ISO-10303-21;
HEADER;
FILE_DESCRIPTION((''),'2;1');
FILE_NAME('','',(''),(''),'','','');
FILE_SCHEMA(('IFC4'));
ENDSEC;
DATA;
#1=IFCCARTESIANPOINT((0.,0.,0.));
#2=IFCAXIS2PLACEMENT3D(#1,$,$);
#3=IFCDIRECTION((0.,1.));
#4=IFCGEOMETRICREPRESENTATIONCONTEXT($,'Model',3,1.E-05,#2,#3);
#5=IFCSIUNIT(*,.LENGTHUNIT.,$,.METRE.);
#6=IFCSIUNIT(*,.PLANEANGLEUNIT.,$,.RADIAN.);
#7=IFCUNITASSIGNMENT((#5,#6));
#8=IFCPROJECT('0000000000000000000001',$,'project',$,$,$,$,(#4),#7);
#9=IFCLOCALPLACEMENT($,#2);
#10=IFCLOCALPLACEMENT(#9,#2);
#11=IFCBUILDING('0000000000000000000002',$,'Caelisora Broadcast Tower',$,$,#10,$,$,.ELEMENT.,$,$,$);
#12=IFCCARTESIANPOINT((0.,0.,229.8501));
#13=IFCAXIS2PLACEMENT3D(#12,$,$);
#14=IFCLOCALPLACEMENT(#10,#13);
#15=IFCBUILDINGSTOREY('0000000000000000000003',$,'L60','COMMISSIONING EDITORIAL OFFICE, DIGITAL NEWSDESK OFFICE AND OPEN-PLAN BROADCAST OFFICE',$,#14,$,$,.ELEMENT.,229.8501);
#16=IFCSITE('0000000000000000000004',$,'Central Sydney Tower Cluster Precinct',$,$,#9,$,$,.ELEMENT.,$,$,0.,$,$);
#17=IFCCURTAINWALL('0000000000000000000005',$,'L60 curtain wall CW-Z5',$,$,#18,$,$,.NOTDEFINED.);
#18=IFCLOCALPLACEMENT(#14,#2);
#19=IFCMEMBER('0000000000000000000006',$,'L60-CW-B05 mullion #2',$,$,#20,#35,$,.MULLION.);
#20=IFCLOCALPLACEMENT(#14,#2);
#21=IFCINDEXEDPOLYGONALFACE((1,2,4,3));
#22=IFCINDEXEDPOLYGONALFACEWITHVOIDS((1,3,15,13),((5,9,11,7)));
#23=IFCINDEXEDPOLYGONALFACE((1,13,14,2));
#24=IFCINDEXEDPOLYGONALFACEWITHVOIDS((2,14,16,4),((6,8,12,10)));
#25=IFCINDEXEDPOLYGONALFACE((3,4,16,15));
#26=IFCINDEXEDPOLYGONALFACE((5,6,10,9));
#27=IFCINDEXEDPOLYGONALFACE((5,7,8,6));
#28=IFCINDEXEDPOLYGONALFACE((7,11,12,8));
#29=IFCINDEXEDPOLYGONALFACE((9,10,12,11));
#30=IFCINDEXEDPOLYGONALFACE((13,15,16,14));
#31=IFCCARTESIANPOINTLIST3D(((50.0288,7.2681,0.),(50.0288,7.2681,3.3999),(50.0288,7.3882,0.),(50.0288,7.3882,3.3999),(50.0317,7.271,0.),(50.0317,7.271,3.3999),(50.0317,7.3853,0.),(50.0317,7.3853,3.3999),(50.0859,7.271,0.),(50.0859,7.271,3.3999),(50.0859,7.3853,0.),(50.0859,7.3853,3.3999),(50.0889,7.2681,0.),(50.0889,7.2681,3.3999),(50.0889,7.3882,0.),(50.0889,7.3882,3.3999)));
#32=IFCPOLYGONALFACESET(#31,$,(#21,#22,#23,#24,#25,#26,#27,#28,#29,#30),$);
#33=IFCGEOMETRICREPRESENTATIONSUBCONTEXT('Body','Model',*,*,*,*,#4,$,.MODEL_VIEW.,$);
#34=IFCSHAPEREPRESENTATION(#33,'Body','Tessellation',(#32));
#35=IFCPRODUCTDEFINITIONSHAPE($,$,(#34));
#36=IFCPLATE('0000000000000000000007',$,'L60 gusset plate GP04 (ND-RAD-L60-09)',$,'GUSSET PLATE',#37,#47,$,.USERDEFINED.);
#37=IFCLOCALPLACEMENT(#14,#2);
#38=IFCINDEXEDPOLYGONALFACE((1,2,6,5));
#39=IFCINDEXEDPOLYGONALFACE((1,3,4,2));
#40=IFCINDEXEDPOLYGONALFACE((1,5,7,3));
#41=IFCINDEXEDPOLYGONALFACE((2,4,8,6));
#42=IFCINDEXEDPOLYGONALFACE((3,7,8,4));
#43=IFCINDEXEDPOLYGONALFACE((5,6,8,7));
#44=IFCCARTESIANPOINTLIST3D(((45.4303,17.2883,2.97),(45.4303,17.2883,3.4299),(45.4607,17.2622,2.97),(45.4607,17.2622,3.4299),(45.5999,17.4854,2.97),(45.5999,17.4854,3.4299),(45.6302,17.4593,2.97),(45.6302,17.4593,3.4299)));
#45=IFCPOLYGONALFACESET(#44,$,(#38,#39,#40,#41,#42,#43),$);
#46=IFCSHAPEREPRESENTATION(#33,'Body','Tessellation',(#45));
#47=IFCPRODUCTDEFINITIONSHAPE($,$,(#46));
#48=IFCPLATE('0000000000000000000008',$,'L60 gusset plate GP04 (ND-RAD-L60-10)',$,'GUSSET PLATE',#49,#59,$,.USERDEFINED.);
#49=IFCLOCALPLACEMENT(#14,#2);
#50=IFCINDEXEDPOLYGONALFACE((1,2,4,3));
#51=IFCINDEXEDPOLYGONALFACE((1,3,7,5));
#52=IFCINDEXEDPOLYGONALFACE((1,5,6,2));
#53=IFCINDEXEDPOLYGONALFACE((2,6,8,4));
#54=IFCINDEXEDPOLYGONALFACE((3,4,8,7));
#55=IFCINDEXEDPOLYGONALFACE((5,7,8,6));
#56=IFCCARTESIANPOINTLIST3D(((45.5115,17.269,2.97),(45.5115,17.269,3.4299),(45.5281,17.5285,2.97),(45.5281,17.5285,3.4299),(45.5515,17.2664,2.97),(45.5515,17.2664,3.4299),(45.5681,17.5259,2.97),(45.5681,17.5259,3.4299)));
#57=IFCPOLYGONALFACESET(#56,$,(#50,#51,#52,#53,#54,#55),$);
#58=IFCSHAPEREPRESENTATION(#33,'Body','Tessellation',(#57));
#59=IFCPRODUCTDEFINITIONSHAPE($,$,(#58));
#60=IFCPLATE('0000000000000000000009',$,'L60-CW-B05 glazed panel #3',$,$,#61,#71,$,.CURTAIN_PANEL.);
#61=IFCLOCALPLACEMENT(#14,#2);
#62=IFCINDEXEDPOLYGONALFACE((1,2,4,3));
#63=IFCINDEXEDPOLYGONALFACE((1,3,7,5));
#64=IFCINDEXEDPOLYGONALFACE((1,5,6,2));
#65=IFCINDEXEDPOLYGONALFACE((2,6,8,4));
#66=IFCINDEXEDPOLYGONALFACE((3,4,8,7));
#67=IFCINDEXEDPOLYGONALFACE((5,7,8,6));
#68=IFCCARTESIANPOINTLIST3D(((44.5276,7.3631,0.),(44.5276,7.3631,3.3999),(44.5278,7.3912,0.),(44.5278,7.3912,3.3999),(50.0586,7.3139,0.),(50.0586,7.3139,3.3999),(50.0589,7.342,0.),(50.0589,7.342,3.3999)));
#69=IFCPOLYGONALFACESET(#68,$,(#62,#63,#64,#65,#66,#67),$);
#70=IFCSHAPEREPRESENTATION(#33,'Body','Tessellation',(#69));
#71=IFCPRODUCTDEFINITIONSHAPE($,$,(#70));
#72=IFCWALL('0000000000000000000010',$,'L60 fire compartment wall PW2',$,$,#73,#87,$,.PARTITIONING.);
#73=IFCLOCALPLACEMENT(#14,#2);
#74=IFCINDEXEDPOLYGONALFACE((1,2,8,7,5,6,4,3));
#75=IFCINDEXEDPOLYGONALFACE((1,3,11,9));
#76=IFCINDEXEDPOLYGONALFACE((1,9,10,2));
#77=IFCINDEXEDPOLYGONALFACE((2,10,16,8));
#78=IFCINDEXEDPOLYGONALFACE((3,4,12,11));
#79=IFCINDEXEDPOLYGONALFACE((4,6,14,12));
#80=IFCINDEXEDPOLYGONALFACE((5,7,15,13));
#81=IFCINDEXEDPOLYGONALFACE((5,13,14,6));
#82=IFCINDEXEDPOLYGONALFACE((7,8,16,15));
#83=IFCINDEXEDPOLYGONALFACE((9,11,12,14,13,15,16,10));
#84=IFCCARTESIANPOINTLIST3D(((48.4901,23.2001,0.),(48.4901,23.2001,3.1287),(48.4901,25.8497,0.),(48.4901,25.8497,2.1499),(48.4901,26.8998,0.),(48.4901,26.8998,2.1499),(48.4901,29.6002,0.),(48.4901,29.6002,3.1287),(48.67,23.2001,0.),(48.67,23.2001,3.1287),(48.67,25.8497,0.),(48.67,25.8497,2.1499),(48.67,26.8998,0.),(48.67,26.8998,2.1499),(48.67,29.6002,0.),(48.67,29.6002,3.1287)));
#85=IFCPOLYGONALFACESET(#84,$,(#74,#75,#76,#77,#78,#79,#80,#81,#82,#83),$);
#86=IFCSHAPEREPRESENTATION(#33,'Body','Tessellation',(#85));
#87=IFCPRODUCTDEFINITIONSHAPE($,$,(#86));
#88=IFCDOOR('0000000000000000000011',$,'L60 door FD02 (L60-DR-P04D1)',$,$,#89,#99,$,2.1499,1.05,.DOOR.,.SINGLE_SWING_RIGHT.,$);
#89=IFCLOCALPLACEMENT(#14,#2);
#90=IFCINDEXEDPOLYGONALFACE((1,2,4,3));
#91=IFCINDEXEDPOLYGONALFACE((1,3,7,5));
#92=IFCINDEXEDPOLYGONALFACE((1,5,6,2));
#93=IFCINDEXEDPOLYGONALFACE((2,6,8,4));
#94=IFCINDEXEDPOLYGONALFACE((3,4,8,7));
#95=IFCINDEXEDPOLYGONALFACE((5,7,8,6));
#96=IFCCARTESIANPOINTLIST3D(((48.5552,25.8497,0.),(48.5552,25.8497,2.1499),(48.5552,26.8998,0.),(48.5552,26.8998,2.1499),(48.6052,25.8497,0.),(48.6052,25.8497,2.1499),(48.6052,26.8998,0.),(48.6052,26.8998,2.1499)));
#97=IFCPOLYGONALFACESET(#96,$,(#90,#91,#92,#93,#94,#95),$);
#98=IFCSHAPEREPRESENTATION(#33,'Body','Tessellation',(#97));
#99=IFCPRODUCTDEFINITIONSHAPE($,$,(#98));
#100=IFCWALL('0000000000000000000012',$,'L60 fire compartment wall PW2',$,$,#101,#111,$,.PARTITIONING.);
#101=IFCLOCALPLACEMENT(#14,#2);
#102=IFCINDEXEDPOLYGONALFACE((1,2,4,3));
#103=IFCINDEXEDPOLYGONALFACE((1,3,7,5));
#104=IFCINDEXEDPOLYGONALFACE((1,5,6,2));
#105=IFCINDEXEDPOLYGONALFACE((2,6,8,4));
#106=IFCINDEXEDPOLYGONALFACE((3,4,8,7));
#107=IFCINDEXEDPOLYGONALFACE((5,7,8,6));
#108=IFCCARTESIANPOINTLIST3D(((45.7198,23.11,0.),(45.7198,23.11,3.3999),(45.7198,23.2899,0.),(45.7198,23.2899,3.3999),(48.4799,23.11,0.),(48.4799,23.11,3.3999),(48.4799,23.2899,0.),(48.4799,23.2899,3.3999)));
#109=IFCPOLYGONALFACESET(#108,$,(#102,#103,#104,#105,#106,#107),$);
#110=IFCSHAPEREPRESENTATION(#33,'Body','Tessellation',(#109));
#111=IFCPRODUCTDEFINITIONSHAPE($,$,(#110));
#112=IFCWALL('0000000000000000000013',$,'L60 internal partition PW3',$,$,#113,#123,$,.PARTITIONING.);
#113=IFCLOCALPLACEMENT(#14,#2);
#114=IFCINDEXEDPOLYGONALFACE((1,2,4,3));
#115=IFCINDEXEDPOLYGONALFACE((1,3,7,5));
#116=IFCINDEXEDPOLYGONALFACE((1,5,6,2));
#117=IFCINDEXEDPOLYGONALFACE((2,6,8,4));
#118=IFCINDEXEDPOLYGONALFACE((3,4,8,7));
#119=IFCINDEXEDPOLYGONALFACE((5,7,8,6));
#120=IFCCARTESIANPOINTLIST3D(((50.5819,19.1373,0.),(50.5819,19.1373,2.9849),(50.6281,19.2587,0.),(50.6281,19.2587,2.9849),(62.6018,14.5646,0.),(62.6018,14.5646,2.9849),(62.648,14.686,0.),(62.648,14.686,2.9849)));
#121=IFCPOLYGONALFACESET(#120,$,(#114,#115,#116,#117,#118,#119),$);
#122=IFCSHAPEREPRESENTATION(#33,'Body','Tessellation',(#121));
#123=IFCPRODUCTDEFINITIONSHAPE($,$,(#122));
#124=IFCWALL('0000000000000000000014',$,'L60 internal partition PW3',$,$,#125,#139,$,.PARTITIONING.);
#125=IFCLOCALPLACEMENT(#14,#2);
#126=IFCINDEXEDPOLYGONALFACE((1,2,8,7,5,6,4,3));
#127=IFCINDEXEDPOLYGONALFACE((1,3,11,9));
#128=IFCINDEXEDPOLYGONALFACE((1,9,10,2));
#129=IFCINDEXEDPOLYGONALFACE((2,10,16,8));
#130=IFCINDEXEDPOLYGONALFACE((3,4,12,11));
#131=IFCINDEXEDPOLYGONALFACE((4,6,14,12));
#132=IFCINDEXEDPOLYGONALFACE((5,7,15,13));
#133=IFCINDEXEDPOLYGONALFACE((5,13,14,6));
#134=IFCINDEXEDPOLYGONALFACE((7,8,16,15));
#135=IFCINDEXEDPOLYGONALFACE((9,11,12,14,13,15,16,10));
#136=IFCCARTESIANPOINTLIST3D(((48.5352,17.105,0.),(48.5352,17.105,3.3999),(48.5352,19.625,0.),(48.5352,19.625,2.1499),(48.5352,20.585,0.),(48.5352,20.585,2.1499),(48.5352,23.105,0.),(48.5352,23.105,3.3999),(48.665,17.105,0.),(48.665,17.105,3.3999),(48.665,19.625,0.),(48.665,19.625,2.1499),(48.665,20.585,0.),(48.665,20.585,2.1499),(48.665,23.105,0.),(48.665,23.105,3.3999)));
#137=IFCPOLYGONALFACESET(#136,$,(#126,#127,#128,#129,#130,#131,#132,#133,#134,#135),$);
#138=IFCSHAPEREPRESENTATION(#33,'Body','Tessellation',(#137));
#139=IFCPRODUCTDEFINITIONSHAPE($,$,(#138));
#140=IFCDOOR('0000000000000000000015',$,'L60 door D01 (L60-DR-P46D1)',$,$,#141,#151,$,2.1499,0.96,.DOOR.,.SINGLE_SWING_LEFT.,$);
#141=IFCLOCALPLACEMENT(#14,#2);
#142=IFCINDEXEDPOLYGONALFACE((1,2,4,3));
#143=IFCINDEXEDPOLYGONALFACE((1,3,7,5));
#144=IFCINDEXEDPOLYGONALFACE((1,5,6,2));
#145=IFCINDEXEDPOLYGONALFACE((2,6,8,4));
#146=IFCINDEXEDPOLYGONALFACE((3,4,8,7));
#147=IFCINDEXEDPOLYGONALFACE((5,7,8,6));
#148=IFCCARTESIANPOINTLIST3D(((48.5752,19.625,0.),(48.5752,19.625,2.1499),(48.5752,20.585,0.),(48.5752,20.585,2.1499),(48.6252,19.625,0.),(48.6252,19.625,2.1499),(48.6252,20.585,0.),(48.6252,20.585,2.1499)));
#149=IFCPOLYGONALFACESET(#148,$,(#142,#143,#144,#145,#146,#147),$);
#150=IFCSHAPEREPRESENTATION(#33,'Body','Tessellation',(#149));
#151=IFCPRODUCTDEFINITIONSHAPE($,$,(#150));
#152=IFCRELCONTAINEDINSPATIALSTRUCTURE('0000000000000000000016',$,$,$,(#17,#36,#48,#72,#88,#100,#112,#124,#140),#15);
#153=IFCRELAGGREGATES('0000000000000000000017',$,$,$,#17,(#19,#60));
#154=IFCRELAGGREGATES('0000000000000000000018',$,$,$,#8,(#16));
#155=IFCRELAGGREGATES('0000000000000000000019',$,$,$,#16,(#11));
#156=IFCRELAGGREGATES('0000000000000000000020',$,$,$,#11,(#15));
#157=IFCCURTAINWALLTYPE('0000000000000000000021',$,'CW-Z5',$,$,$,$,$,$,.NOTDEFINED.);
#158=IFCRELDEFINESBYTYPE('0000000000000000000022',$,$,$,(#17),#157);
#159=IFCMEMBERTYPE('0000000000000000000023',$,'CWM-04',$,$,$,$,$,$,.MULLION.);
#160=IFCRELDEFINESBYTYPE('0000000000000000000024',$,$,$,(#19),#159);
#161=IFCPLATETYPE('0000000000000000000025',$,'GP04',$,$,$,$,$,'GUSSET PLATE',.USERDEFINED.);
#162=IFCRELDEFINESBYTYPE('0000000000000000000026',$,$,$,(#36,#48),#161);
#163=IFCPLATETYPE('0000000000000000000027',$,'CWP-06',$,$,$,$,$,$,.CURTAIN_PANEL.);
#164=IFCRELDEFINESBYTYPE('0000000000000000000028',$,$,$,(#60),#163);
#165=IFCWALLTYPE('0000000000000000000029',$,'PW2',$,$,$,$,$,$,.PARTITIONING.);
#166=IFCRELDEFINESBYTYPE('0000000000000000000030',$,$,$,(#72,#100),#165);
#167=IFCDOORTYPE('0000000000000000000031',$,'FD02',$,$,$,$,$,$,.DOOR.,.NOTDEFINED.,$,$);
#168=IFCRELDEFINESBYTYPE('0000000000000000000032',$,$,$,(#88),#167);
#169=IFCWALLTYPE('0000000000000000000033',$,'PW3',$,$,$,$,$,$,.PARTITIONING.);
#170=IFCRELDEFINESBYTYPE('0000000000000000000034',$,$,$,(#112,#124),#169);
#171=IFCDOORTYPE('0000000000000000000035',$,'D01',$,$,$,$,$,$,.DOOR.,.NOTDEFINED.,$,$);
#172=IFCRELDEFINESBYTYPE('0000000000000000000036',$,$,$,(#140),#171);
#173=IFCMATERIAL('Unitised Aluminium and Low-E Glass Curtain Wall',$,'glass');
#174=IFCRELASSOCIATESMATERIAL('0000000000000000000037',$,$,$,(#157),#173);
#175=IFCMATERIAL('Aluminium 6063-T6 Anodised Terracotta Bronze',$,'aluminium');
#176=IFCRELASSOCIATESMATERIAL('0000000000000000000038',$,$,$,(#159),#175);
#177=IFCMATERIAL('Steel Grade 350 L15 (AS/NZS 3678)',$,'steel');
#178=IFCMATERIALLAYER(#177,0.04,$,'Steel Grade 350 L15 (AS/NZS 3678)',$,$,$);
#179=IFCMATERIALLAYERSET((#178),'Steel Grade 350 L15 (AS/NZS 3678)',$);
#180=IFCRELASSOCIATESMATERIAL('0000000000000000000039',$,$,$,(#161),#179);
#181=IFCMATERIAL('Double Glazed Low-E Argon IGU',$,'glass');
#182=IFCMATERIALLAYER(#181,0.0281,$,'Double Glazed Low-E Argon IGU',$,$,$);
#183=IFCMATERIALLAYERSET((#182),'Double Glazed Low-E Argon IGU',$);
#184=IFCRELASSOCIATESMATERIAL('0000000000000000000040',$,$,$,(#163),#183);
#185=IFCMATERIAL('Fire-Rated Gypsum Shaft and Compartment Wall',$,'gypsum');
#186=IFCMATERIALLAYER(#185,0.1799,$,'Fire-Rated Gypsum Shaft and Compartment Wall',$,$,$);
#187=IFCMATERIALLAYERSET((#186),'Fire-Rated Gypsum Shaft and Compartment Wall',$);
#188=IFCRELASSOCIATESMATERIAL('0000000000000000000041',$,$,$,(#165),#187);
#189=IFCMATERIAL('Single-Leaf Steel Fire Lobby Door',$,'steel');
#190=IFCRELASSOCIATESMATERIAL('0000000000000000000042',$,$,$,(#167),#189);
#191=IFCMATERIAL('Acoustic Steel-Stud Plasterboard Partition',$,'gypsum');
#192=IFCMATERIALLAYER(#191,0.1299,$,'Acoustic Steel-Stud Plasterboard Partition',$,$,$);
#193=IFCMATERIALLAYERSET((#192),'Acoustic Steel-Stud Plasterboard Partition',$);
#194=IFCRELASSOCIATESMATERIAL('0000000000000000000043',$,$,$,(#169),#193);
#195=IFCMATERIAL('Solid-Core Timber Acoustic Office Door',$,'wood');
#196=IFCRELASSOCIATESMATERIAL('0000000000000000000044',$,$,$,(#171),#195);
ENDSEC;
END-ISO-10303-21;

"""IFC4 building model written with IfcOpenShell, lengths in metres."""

from ifc_helpers import new_model, si_unit, direction, frame, frame_2d, origin, origin_2d, place, context, subcontext, project, spatial, rectangle, hollow_rectangle, extrude, source, transform, mapped, material, layer, layer_set, material_profile, profile_set, type_object, type_shapes, element, fill, aggregate, save


model = new_model("IFC4")

# Units and contexts
model_context = context("Model", 3, precision=1e-05, world=origin(), true_north=direction((0.0, 1.0)))
body_context = subcontext(model_context, "Body", "Model", "MODEL_VIEW")
ifc_project = project(units=[si_unit("LENGTHUNIT", "METRE"), si_unit("PLANEANGLEUNIT", "RADIAN")], contexts=[model_context])

# Site, building, storey
site_placement = place(None, origin())
site = spatial("IfcSite", under=ifc_project, at=site_placement, Name="Central Sydney Tower Cluster Precinct", CompositionType="ELEMENT", RefElevation=0.0)
building_placement = place(site_placement, origin())
building = spatial("IfcBuilding", under=site, at=building_placement, Name="Caelisora Broadcast Tower", CompositionType="ELEMENT")
storey_placement = place(building_placement, frame((0.0, 0.0, 229.8501)))
storey = spatial("IfcBuildingStorey", under=building, at=storey_placement, Name="L60", Description="COMMISSIONING EDITORIAL OFFICE, DIGITAL NEWSDESK OFFICE AND OPEN-PLAN BROADCAST OFFICE", CompositionType="ELEMENT", Elevation=229.8501)

# Curtain wall, member
ifc_material_1 = material(Name="Unitised Aluminium and Low-E Glass Curtain Wall", Category="glass")
curtain_wall_type = type_object("IfcCurtainWallType", Name="CW-Z5", PredefinedType="NOTDEFINED", material=ifc_material_1)
curtain_wall_placement = place(storey_placement, origin())
curtain_wall = element("IfcCurtainWall", 1, at=curtain_wall_placement, inside=storey, type_object=curtain_wall_type, Name="L60 curtain wall CW-Z5", PredefinedType="NOTDEFINED")
ifc_material_2 = material(Name="Aluminium 6063-T6 Anodised Terracotta Bronze", Category="aluminium")
ifc_material_profile_1 = material_profile(ifc_material_2, hollow_rectangle(XDim=0.0601, YDim=0.1201, WallThickness=0.0029, at=origin_2d()), Name="Aluminium 6063-T6 Anodised Terracotta Bronze")
ifc_profile_set_1 = profile_set([ifc_material_profile_1], Name="Aluminium 6063-T6 Anodised Terracotta Bronze")
member_type = type_object("IfcMemberType", Name="CWM-04", PredefinedType="MULLION", material=ifc_profile_set_1)
shared_shape_1 = source(origin(), body_context, "Body", "SweptSolid", [
    extrude(hollow_rectangle(XDim=0.0601, YDim=0.1201, WallThickness=0.0029, at=origin_2d()), origin(), (0.0, 0.0, 1.0), 3.3999),
])
type_shapes(member_type, [shared_shape_1])
member_placement = place(storey_placement, frame((50.0588, 7.3281, 0.0), z_axis=(0.0, 0.0, 1.0), x_axis=(1.0, 0.0, 0.0)))
member = element("IfcMember", 2, at=member_placement, type_object=member_type, Name="L60-CW-B05 mullion #2", PredefinedType="MULLION", context=body_context, shape_type="MappedRepresentation", body=[
    mapped(shared_shape_1, transform((0.0, 0.0, 0.0), scale=1.0)),
])

# Plates
ifc_material_3 = material(Name="Steel Grade 350 L15 (AS/NZS 3678)", Category="steel")
ifc_layer_1 = layer(ifc_material_3, 0.04, Name="Steel Grade 350 L15 (AS/NZS 3678)")
ifc_layer_set_1 = layer_set([ifc_layer_1], Name="Steel Grade 350 L15 (AS/NZS 3678)")
plate_type_1 = type_object("IfcPlateType", Name="GP04", ElementType="GUSSET PLATE", PredefinedType="USERDEFINED", material=ifc_layer_set_1)
shared_shape_2 = source(origin(), body_context, "Body", "SweptSolid", [
    extrude(rectangle(XDim=0.26, YDim=0.04, at=origin_2d()), origin(), (0.0, 0.0, 1.0), 0.46),
])
type_shapes(plate_type_1, [shared_shape_2])
for number, where, z_axis, x_axis, name in (
    (3, (45.5303, 17.3738, 2.97), (0.0, 0.0, 1.0), (0.652231, 0.758021, 0.0), "L60 gusset plate GP04 (ND-RAD-L60-09)"),
    (4, (45.5398, 17.3975, 2.97), (0.0, 0.0, 1.0), (0.063661, 0.997972, 0.0), "L60 gusset plate GP04 (ND-RAD-L60-10)"),
):
    element("IfcPlate", number, at=place(storey_placement, frame(where, z_axis=z_axis, x_axis=x_axis)), inside=storey, type_object=plate_type_1, Name=name, ObjectType="GUSSET PLATE", PredefinedType="USERDEFINED", context=body_context, shape_type="MappedRepresentation", body=[
        mapped(shared_shape_2, transform((0.0, 0.0, 0.0), scale=1.0)),
    ])

# Plate
ifc_material_4 = material(Name="Double Glazed Low-E Argon IGU", Category="glass")
ifc_layer_2 = layer(ifc_material_4, 0.0281, Name="Double Glazed Low-E Argon IGU")
ifc_layer_set_2 = layer_set([ifc_layer_2], Name="Double Glazed Low-E Argon IGU")
plate_type_2 = type_object("IfcPlateType", Name="CWP-06", PredefinedType="CURTAIN_PANEL", material=ifc_layer_set_2)
shared_shape_3 = source(origin(), body_context, "Body", "SweptSolid", [
    extrude(rectangle(XDim=5.5312, YDim=0.0281, at=origin_2d()), origin(), (0.0, 0.0, 1.0), 3.3999),
])
type_shapes(plate_type_2, [shared_shape_3])
plate_placement = place(storey_placement, frame((47.2932, 7.3525, 0.0), z_axis=(0.0, 0.0, 1.0), x_axis=(-0.99996, 0.008901, 0.0)))
plate = element("IfcPlate", 5, at=plate_placement, type_object=plate_type_2, Name="L60-CW-B05 glazed panel #3", PredefinedType="CURTAIN_PANEL", context=body_context, shape_type="MappedRepresentation", body=[
    mapped(shared_shape_3, transform((0.0, 0.0, 0.0), scale=1.0)),
])
aggregate(curtain_wall, [member, plate])

# Wall, opening, door
ifc_material_5 = material(Name="Fire-Rated Gypsum Shaft and Compartment Wall", Category="gypsum")
ifc_layer_3 = layer(ifc_material_5, 0.1799, Name="Fire-Rated Gypsum Shaft and Compartment Wall")
ifc_layer_set_3 = layer_set([ifc_layer_3], Name="Fire-Rated Gypsum Shaft and Compartment Wall")
wall_type_1 = type_object("IfcWallType", Name="PW2", PredefinedType="PARTITIONING", material=ifc_layer_set_3)
wall_1_placement = place(storey_placement, frame((48.5801, 23.2, 0.0), z_axis=(0.0, 0.0, 1.0), x_axis=(0.0, 1.0, 0.0)))
wall_1 = element("IfcWall", 6, at=wall_1_placement, inside=storey, type_object=wall_type_1, Name="L60 fire compartment wall PW2", PredefinedType="PARTITIONING", context=body_context, shape_type="SweptSolid", body=[
    extrude(rectangle(XDim=6.4001, YDim=0.1799, at=frame_2d((3.2002, 0.0))), origin(), (0.0, 0.0, 1.0), 3.1287),
])
opening_1_placement = place(wall_1_placement, frame((2.6499, 0.0, 0.0)))
opening_1 = element("IfcOpeningElement", 7, at=opening_1_placement, cuts=wall_1, PredefinedType="OPENING", context=body_context, shape_type="SweptSolid", body=[
    extrude(rectangle(XDim=1.05, YDim=2.1499, at=frame_2d((0.5249, 1.075))), frame((0.0, 0.1021, 0.0), z_axis=(0.0, -1.0, 0.0), x_axis=(1.0, 0.0, 0.0)), (0.0, 0.0, 1.0), 0.2039),
])
ifc_material_6 = material(Name="Single-Leaf Steel Fire Lobby Door", Category="steel")
door_type_1 = type_object("IfcDoorType", Name="FD02", OperationType="NOTDEFINED", PredefinedType="DOOR", material=ifc_material_6)
door_1_placement = place(opening_1_placement, origin())
door_1 = element("IfcDoor", 8, at=door_1_placement, inside=storey, type_object=door_type_1, Name="L60 door FD02 (L60-DR-P04D1)", OperationType="SINGLE_SWING_RIGHT", OverallHeight=2.1499, OverallWidth=1.05, PredefinedType="DOOR", context=body_context, shape_type="SweptSolid", body=[
    extrude(rectangle(XDim=1.05, YDim=2.1499, at=frame_2d((0.5249, 1.075))), frame((0.0, 0.0249, 0.0), z_axis=(0.0, -1.0, 0.0), x_axis=(1.0, 0.0, 0.0)), (0.0, 0.0, 1.0), 0.05),
])
fill(opening_1, door_1)

# Walls
wall_2_placement = place(storey_placement, frame((45.72, 23.2, 0.0), z_axis=(0.0, 0.0, 1.0), x_axis=(1.0, 0.0, 0.0)))
element("IfcWall", 9, at=wall_2_placement, inside=storey, type_object=wall_type_1, Name="L60 fire compartment wall PW2", PredefinedType="PARTITIONING", context=body_context, shape_type="SweptSolid", body=[
    extrude(rectangle(XDim=2.76, YDim=0.1799, at=frame_2d((1.3799, 0.0))), origin(), (0.0, 0.0, 1.0), 3.3999),
])
ifc_material_7 = material(Name="Acoustic Steel-Stud Plasterboard Partition", Category="gypsum")
ifc_layer_4 = layer(ifc_material_7, 0.1299, Name="Acoustic Steel-Stud Plasterboard Partition")
ifc_layer_set_4 = layer_set([ifc_layer_4], Name="Acoustic Steel-Stud Plasterboard Partition")
wall_type_2 = type_object("IfcWallType", Name="PW3", PredefinedType="PARTITIONING", material=ifc_layer_set_4)
wall_3_placement = place(storey_placement, frame((50.605, 19.198, 0.0), z_axis=(0.0, 0.0, 1.0), x_axis=(0.934651, -0.355567, 0.0)))
element("IfcWall", 10, at=wall_3_placement, inside=storey, type_object=wall_type_2, Name="L60 internal partition PW3", PredefinedType="PARTITIONING", context=body_context, shape_type="SweptSolid", body=[
    extrude(rectangle(XDim=12.8604, YDim=0.1299, at=frame_2d((6.4302, 0.0))), origin(), (0.0, 0.0, 1.0), 2.9849),
])

# Wall, opening, door
wall_4_placement = place(storey_placement, frame((48.6001, 17.105, 0.0), z_axis=(0.0, 0.0, 1.0), x_axis=(0.0, 1.0, 0.0)))
wall_4 = element("IfcWall", 11, at=wall_4_placement, inside=storey, type_object=wall_type_2, Name="L60 internal partition PW3", PredefinedType="PARTITIONING", context=body_context, shape_type="SweptSolid", body=[
    extrude(rectangle(XDim=6.0, YDim=0.1299, at=frame_2d((3.0, 0.0))), origin(), (0.0, 0.0, 1.0), 3.3999),
])
opening_2_placement = place(wall_4_placement, frame((2.52, 0.0, 0.0)))
opening_2 = element("IfcOpeningElement", 12, at=opening_2_placement, cuts=wall_4, PredefinedType="OPENING", context=body_context, shape_type="SweptSolid", body=[
    extrude(rectangle(XDim=0.96, YDim=2.1499, at=frame_2d((0.48, 1.075))), frame((0.0, 0.0769, 0.0), z_axis=(0.0, -1.0, 0.0), x_axis=(1.0, 0.0, 0.0)), (0.0, 0.0, 1.0), 0.1538),
])
ifc_material_8 = material(Name="Solid-Core Timber Acoustic Office Door", Category="wood")
door_type_2 = type_object("IfcDoorType", Name="D01", OperationType="NOTDEFINED", PredefinedType="DOOR", material=ifc_material_8)
door_2_placement = place(opening_2_placement, origin())
door_2 = element("IfcDoor", 13, at=door_2_placement, inside=storey, type_object=door_type_2, Name="L60 door D01 (L60-DR-P46D1)", OperationType="SINGLE_SWING_LEFT", OverallHeight=2.1499, OverallWidth=0.96, PredefinedType="DOOR", context=body_context, shape_type="SweptSolid", body=[
    extrude(rectangle(XDim=0.96, YDim=2.1499, at=frame_2d((0.48, 1.075))), frame((0.0, 0.0249, 0.0), z_axis=(0.0, -1.0, 0.0), x_axis=(1.0, 0.0, 0.0)), (0.0, 0.0, 1.0), 0.05),
])
fill(opening_2, door_2)

save(model, "model.ifc")
